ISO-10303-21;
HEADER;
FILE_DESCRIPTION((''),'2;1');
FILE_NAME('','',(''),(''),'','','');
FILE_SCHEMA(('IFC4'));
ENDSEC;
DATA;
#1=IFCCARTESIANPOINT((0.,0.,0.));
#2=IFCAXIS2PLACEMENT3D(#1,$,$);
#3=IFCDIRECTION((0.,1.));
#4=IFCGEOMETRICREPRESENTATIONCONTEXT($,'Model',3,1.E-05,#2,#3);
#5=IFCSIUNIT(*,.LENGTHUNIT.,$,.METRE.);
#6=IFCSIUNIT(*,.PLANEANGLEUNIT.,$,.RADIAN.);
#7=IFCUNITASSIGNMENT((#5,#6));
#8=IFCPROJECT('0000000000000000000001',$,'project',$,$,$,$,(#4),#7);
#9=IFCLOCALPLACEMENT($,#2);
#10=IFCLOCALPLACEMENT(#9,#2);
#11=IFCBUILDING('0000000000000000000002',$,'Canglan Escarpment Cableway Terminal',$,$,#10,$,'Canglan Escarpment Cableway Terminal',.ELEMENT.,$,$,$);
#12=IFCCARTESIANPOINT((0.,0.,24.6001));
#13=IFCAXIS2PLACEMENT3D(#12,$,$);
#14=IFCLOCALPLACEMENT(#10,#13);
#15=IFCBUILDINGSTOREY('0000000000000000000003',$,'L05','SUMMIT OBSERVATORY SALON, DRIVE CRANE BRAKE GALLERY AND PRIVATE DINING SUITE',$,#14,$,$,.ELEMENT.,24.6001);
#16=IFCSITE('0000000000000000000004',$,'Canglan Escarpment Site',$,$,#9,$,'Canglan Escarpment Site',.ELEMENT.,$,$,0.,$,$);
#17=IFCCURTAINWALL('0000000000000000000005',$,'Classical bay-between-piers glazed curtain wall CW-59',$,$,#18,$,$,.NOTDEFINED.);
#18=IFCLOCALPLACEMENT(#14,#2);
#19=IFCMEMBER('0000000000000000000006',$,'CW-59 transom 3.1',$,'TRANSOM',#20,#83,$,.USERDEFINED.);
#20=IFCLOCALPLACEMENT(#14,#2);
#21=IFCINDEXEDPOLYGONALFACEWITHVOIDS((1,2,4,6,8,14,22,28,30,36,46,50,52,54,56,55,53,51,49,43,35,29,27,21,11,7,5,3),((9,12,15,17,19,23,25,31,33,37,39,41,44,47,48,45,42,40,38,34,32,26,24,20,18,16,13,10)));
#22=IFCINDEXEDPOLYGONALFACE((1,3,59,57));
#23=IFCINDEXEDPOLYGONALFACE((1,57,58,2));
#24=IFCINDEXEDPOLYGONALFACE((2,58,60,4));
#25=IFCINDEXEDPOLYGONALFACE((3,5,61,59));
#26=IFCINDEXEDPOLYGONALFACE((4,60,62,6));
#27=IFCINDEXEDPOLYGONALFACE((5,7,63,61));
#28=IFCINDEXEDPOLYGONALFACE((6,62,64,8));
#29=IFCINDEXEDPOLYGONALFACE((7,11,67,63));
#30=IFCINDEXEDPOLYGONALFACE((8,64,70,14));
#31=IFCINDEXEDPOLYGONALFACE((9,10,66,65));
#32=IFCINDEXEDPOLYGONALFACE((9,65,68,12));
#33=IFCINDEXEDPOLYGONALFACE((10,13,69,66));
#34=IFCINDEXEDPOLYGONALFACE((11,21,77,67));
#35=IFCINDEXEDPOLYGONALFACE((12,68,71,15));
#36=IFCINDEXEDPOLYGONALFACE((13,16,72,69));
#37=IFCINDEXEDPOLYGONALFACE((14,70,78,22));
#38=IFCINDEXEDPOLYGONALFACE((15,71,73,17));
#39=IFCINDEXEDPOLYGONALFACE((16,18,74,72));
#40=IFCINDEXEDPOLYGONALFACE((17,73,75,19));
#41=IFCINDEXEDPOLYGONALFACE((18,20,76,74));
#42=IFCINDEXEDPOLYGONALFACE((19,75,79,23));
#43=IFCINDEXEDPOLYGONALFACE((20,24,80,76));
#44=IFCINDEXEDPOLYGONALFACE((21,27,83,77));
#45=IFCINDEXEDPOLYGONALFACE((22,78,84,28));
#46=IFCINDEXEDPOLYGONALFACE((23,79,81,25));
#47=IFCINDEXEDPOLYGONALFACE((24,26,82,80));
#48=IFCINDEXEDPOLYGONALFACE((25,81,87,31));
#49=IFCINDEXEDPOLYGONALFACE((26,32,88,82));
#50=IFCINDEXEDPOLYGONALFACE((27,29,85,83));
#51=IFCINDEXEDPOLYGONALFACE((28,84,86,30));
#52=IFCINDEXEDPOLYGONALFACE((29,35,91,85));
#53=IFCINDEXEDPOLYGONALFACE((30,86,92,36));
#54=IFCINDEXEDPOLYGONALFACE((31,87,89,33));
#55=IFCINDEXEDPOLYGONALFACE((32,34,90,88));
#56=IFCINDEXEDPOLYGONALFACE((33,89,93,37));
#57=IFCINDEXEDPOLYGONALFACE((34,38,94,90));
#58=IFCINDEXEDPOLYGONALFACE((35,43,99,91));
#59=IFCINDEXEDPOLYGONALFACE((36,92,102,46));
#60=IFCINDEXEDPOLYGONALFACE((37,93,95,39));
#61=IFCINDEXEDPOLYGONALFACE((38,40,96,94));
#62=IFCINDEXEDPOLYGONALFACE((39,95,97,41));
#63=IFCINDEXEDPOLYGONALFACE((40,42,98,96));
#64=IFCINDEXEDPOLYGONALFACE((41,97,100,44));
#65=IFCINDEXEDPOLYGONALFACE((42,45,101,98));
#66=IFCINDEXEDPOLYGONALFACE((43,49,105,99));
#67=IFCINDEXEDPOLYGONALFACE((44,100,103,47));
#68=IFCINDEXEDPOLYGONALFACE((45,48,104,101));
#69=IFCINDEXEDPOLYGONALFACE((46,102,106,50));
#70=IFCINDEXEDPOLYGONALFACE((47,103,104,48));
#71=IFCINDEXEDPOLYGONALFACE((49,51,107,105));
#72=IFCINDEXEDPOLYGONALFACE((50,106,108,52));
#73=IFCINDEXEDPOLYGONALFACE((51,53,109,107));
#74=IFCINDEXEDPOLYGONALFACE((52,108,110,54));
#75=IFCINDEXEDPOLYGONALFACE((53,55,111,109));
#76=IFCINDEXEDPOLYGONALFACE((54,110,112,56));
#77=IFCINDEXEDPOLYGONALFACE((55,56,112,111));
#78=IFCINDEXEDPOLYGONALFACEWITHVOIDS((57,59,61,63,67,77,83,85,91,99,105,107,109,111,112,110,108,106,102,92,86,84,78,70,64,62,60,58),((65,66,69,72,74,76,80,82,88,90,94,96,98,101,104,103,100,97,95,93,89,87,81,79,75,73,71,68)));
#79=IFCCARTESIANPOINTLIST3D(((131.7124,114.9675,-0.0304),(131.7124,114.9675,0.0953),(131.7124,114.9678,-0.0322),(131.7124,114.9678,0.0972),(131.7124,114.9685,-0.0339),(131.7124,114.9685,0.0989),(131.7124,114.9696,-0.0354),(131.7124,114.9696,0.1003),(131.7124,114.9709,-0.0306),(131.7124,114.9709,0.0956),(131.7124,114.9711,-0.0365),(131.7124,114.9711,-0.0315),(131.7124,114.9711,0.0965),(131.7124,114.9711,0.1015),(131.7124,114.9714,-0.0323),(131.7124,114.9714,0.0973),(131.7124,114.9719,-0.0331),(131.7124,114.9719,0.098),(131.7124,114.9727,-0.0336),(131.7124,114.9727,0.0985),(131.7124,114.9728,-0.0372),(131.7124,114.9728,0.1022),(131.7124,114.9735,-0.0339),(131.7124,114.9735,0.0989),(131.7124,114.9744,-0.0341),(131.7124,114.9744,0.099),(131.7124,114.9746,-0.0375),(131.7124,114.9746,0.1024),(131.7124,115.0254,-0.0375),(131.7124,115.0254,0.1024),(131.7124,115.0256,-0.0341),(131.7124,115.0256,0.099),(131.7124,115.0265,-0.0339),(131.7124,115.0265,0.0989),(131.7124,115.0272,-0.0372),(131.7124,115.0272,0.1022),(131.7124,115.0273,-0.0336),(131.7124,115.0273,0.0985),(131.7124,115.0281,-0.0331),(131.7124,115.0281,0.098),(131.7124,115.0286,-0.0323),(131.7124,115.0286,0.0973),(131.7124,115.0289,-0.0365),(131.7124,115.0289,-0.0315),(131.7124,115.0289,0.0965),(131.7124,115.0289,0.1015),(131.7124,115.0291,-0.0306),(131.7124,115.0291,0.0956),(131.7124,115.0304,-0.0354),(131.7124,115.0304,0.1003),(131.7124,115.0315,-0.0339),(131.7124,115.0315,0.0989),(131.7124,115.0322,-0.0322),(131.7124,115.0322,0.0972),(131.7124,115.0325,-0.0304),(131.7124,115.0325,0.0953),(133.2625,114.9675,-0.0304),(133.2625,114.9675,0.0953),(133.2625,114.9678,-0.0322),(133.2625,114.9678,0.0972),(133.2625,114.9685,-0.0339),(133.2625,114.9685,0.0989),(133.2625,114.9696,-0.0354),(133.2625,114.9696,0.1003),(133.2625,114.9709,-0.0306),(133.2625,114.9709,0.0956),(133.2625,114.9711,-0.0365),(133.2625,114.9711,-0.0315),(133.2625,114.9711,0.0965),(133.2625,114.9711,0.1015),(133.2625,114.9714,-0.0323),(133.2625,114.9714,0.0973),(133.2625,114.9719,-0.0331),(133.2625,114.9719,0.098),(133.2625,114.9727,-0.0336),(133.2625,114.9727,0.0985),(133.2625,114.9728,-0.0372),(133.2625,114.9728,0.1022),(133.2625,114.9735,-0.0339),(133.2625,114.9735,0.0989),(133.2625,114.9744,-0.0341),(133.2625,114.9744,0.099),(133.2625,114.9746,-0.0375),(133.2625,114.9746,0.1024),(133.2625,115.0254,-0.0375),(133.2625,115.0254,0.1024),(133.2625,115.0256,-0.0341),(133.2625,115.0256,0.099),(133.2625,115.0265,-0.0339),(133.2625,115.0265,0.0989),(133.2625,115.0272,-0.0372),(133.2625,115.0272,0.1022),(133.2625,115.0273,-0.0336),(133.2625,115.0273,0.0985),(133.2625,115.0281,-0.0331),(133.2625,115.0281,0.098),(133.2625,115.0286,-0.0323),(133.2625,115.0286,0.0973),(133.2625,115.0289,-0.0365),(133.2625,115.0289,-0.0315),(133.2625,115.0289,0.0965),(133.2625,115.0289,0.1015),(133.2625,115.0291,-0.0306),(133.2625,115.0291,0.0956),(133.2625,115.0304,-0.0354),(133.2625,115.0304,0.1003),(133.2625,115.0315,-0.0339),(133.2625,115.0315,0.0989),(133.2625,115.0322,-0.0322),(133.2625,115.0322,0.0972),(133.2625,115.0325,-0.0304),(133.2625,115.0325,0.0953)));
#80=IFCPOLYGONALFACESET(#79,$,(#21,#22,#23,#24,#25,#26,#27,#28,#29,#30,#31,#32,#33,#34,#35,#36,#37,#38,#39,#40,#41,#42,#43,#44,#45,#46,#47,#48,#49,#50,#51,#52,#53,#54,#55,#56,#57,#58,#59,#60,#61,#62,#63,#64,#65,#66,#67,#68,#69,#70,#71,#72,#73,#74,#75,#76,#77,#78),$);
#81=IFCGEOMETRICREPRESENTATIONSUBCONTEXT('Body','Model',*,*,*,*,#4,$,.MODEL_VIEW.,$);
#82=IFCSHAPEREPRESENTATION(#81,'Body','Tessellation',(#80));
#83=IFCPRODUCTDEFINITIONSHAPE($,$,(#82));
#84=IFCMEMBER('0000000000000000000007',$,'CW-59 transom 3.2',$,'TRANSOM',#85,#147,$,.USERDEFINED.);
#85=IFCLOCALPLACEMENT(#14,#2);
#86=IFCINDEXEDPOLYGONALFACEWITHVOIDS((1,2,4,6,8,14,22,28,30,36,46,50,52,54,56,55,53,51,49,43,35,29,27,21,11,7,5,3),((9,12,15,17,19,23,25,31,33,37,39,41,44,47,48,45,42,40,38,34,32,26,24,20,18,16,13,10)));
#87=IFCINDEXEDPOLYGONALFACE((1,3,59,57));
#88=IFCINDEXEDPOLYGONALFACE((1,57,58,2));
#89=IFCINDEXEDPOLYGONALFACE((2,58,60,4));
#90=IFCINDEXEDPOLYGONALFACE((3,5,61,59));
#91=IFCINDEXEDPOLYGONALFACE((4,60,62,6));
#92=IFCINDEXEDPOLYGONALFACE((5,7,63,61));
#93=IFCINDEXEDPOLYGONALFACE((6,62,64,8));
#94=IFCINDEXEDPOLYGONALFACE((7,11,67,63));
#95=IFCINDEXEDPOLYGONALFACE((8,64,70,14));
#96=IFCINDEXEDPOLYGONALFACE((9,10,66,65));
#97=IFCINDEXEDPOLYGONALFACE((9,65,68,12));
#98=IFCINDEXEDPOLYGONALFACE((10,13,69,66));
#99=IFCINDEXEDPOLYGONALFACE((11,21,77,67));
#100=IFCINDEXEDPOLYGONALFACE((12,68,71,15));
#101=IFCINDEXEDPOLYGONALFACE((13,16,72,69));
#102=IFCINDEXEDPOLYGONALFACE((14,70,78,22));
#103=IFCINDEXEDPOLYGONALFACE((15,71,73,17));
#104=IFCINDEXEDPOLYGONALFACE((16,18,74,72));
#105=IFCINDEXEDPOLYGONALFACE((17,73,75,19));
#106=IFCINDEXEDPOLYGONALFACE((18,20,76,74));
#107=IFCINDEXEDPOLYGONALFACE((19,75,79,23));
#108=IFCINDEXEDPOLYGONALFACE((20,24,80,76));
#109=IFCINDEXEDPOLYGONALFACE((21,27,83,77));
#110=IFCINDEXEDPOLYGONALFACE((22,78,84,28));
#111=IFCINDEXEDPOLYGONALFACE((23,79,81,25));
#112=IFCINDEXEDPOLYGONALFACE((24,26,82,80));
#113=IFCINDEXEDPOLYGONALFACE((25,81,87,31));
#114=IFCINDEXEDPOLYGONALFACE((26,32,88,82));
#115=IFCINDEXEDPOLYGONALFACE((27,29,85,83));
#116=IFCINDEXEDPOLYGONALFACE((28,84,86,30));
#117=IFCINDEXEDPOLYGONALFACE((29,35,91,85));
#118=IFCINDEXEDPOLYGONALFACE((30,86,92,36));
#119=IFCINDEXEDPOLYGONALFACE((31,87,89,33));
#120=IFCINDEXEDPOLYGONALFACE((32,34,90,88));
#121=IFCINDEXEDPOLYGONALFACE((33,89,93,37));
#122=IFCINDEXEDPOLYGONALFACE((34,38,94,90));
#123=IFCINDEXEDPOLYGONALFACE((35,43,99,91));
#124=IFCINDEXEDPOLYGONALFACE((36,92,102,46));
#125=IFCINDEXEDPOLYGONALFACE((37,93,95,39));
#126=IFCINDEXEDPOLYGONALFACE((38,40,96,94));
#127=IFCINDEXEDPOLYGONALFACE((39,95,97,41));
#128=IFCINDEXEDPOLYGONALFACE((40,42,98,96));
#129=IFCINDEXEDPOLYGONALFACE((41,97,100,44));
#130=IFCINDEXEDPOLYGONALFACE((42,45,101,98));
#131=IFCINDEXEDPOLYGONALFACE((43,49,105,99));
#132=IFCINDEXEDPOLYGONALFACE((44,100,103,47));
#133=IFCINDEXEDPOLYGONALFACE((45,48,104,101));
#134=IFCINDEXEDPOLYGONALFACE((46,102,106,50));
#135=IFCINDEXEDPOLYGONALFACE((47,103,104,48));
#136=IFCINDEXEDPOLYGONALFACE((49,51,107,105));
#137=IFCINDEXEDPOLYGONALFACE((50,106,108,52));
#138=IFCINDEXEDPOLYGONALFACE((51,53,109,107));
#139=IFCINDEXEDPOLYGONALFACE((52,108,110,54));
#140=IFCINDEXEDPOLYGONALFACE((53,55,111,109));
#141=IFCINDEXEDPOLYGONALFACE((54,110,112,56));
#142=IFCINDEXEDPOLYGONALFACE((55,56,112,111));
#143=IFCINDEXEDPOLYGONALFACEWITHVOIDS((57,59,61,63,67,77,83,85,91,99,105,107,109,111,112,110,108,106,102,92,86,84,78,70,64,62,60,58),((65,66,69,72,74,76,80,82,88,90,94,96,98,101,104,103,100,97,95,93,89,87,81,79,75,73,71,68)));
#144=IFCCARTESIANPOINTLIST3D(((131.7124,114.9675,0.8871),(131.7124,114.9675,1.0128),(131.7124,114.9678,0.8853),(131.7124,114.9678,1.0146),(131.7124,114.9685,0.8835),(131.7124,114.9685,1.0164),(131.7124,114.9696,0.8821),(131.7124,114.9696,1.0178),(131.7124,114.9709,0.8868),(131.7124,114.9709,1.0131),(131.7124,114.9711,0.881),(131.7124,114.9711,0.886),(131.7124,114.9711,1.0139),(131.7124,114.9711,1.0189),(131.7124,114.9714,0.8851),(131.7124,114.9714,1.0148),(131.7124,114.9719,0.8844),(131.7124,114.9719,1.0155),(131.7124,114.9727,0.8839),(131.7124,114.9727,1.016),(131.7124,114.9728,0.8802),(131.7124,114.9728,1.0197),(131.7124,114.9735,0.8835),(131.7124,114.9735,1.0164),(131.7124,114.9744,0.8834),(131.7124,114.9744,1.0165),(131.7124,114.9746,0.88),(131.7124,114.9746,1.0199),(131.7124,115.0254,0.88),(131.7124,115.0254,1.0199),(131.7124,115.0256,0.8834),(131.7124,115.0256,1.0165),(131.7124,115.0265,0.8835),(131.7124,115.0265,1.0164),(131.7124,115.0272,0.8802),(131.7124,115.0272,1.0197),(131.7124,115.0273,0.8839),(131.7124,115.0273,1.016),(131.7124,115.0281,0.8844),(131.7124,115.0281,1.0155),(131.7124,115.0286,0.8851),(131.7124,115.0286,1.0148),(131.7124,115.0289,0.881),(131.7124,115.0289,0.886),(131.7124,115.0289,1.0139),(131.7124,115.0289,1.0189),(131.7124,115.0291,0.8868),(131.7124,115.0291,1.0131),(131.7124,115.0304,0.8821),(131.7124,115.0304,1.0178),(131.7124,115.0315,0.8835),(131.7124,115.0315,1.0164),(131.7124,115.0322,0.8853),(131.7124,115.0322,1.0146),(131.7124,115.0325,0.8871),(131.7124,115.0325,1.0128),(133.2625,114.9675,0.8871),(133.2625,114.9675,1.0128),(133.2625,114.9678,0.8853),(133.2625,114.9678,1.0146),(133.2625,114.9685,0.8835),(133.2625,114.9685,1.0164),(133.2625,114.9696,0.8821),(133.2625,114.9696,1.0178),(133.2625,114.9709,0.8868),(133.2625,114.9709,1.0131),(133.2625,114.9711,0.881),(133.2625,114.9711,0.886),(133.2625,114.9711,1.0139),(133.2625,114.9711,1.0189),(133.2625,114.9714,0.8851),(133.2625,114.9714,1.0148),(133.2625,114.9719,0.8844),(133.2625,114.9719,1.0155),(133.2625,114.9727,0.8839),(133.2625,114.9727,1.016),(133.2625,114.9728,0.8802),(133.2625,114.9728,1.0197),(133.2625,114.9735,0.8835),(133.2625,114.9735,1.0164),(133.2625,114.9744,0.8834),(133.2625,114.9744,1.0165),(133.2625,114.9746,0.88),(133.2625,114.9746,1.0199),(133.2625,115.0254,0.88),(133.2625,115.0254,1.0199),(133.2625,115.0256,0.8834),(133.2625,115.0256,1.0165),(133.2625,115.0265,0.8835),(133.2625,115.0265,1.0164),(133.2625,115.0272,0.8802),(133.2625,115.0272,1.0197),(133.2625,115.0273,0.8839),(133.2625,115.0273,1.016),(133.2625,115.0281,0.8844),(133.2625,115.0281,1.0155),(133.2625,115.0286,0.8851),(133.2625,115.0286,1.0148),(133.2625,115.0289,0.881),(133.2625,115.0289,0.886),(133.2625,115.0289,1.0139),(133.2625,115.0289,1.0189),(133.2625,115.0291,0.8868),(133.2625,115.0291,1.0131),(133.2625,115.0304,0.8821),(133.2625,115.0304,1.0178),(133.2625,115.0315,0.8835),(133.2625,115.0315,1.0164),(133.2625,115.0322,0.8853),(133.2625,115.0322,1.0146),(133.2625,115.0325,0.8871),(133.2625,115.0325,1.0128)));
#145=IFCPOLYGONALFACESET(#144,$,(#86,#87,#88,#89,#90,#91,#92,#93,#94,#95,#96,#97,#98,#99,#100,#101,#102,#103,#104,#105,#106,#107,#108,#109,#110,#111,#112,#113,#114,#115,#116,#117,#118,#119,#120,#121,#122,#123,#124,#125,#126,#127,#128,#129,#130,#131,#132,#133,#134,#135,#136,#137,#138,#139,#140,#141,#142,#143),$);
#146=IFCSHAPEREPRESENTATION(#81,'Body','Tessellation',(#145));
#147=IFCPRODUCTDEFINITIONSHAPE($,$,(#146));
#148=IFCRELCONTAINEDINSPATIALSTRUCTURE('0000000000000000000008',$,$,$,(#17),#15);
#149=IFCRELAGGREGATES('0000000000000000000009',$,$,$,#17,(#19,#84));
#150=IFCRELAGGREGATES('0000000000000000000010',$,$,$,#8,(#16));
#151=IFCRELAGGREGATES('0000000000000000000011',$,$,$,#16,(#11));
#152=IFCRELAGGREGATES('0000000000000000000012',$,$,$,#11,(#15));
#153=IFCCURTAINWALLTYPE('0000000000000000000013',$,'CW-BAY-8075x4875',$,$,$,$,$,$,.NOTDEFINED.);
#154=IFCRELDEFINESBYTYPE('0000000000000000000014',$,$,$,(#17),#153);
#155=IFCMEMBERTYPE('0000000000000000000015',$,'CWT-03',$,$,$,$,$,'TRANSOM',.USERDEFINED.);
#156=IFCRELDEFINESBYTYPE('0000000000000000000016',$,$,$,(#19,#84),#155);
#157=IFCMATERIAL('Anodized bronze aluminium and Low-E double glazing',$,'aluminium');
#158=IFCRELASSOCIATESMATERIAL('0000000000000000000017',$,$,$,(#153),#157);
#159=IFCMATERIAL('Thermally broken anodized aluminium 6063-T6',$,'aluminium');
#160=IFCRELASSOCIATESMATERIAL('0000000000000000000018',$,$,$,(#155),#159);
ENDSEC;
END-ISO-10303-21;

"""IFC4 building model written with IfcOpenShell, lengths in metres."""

from ifc_helpers import new_model, si_unit, direction, frame, origin, origin_2d, place, context, subcontext, project, spatial, hollow_rectangle, extrude, material, material_profile, profile_set, type_object, element, aggregate, save


model = new_model("IFC4")

# Units and contexts
model_context = context("Model", 3, precision=1e-05, world=origin(), true_north=direction((0.0, 1.0)))
body_context = subcontext(model_context, "Body", "Model", "MODEL_VIEW")
ifc_project = project(units=[si_unit("LENGTHUNIT", "METRE"), si_unit("PLANEANGLEUNIT", "RADIAN")], contexts=[model_context])

# Site, building, storey
site_placement = place(None, origin())
site = spatial("IfcSite", under=ifc_project, at=site_placement, Name="Canglan Escarpment Site", LongName="Canglan Escarpment Site", CompositionType="ELEMENT", RefElevation=0.0)
building_placement = place(site_placement, origin())
building = spatial("IfcBuilding", under=site, at=building_placement, Name="Canglan Escarpment Cableway Terminal", LongName="Canglan Escarpment Cableway Terminal", CompositionType="ELEMENT")
storey_placement = place(building_placement, frame((0.0, 0.0, 24.6001)))
storey = spatial("IfcBuildingStorey", under=building, at=storey_placement, Name="L05", Description="SUMMIT OBSERVATORY SALON, DRIVE CRANE BRAKE GALLERY AND PRIVATE DINING SUITE", CompositionType="ELEMENT", Elevation=24.6001)

# Curtain wall, members
ifc_material_1 = material(Name="Anodized bronze aluminium and Low-E double glazing", Category="aluminium")
curtain_wall_type = type_object("IfcCurtainWallType", Name="CW-BAY-8075x4875", PredefinedType="NOTDEFINED", material=ifc_material_1)
curtain_wall_placement = place(storey_placement, origin())
curtain_wall = element("IfcCurtainWall", 1, at=curtain_wall_placement, inside=storey, type_object=curtain_wall_type, Name="Classical bay-between-piers glazed curtain wall CW-59", PredefinedType="NOTDEFINED")
ifc_material_2 = material(Name="Thermally broken anodized aluminium 6063-T6", Category="aluminium")
ifc_material_profile_1 = material_profile(ifc_material_2, hollow_rectangle(XDim=0.0649, YDim=0.1399, WallThickness=0.0034, InnerFilletRadius=0.0034, OuterFilletRadius=0.0071, at=origin_2d()), Name="ALU-TRAN 65x140x3.5")
ifc_profile_set_1 = profile_set([ifc_material_profile_1], Name="Thermally broken anodized aluminium 6063-T6")
member_type_1 = type_object("IfcMemberType", Name="CWT-03", ElementType="TRANSOM", PredefinedType="USERDEFINED", material=ifc_profile_set_1)
member_1_placement = place(storey_placement, frame((133.2625, 115.0, 0.0325), z_axis=(-1.0, 0.0, 0.0), x_axis=(0.0, -1.0, 0.0)))
member_1 = element("IfcMember", 2, at=member_1_placement, type_object=member_type_1, Name="CW-59 transom 3.1", ObjectType="TRANSOM", PredefinedType="USERDEFINED", context=body_context, shape_type="SweptSolid", body=[
    extrude(hollow_rectangle(XDim=0.0649, YDim=0.1399, WallThickness=0.0034, InnerFilletRadius=0.0034, OuterFilletRadius=0.0071, at=origin_2d()), origin(), (0.0, 0.0, 1.0), 1.55),
])
member_2_placement = place(storey_placement, frame((133.2625, 115.0, 0.95), z_axis=(-1.0, 0.0, 0.0), x_axis=(0.0, -1.0, 0.0)))
member_2 = element("IfcMember", 3, at=member_2_placement, type_object=member_type_1, Name="CW-59 transom 3.2", ObjectType="TRANSOM", PredefinedType="USERDEFINED", context=body_context, shape_type="SweptSolid", body=[
    extrude(hollow_rectangle(XDim=0.0649, YDim=0.1399, WallThickness=0.0034, InnerFilletRadius=0.0034, OuterFilletRadius=0.0071, at=origin_2d()), origin(), (0.0, 0.0, 1.0), 1.55),
])
aggregate(curtain_wall, [member_1, member_2])

save(model, "model.ifc")
